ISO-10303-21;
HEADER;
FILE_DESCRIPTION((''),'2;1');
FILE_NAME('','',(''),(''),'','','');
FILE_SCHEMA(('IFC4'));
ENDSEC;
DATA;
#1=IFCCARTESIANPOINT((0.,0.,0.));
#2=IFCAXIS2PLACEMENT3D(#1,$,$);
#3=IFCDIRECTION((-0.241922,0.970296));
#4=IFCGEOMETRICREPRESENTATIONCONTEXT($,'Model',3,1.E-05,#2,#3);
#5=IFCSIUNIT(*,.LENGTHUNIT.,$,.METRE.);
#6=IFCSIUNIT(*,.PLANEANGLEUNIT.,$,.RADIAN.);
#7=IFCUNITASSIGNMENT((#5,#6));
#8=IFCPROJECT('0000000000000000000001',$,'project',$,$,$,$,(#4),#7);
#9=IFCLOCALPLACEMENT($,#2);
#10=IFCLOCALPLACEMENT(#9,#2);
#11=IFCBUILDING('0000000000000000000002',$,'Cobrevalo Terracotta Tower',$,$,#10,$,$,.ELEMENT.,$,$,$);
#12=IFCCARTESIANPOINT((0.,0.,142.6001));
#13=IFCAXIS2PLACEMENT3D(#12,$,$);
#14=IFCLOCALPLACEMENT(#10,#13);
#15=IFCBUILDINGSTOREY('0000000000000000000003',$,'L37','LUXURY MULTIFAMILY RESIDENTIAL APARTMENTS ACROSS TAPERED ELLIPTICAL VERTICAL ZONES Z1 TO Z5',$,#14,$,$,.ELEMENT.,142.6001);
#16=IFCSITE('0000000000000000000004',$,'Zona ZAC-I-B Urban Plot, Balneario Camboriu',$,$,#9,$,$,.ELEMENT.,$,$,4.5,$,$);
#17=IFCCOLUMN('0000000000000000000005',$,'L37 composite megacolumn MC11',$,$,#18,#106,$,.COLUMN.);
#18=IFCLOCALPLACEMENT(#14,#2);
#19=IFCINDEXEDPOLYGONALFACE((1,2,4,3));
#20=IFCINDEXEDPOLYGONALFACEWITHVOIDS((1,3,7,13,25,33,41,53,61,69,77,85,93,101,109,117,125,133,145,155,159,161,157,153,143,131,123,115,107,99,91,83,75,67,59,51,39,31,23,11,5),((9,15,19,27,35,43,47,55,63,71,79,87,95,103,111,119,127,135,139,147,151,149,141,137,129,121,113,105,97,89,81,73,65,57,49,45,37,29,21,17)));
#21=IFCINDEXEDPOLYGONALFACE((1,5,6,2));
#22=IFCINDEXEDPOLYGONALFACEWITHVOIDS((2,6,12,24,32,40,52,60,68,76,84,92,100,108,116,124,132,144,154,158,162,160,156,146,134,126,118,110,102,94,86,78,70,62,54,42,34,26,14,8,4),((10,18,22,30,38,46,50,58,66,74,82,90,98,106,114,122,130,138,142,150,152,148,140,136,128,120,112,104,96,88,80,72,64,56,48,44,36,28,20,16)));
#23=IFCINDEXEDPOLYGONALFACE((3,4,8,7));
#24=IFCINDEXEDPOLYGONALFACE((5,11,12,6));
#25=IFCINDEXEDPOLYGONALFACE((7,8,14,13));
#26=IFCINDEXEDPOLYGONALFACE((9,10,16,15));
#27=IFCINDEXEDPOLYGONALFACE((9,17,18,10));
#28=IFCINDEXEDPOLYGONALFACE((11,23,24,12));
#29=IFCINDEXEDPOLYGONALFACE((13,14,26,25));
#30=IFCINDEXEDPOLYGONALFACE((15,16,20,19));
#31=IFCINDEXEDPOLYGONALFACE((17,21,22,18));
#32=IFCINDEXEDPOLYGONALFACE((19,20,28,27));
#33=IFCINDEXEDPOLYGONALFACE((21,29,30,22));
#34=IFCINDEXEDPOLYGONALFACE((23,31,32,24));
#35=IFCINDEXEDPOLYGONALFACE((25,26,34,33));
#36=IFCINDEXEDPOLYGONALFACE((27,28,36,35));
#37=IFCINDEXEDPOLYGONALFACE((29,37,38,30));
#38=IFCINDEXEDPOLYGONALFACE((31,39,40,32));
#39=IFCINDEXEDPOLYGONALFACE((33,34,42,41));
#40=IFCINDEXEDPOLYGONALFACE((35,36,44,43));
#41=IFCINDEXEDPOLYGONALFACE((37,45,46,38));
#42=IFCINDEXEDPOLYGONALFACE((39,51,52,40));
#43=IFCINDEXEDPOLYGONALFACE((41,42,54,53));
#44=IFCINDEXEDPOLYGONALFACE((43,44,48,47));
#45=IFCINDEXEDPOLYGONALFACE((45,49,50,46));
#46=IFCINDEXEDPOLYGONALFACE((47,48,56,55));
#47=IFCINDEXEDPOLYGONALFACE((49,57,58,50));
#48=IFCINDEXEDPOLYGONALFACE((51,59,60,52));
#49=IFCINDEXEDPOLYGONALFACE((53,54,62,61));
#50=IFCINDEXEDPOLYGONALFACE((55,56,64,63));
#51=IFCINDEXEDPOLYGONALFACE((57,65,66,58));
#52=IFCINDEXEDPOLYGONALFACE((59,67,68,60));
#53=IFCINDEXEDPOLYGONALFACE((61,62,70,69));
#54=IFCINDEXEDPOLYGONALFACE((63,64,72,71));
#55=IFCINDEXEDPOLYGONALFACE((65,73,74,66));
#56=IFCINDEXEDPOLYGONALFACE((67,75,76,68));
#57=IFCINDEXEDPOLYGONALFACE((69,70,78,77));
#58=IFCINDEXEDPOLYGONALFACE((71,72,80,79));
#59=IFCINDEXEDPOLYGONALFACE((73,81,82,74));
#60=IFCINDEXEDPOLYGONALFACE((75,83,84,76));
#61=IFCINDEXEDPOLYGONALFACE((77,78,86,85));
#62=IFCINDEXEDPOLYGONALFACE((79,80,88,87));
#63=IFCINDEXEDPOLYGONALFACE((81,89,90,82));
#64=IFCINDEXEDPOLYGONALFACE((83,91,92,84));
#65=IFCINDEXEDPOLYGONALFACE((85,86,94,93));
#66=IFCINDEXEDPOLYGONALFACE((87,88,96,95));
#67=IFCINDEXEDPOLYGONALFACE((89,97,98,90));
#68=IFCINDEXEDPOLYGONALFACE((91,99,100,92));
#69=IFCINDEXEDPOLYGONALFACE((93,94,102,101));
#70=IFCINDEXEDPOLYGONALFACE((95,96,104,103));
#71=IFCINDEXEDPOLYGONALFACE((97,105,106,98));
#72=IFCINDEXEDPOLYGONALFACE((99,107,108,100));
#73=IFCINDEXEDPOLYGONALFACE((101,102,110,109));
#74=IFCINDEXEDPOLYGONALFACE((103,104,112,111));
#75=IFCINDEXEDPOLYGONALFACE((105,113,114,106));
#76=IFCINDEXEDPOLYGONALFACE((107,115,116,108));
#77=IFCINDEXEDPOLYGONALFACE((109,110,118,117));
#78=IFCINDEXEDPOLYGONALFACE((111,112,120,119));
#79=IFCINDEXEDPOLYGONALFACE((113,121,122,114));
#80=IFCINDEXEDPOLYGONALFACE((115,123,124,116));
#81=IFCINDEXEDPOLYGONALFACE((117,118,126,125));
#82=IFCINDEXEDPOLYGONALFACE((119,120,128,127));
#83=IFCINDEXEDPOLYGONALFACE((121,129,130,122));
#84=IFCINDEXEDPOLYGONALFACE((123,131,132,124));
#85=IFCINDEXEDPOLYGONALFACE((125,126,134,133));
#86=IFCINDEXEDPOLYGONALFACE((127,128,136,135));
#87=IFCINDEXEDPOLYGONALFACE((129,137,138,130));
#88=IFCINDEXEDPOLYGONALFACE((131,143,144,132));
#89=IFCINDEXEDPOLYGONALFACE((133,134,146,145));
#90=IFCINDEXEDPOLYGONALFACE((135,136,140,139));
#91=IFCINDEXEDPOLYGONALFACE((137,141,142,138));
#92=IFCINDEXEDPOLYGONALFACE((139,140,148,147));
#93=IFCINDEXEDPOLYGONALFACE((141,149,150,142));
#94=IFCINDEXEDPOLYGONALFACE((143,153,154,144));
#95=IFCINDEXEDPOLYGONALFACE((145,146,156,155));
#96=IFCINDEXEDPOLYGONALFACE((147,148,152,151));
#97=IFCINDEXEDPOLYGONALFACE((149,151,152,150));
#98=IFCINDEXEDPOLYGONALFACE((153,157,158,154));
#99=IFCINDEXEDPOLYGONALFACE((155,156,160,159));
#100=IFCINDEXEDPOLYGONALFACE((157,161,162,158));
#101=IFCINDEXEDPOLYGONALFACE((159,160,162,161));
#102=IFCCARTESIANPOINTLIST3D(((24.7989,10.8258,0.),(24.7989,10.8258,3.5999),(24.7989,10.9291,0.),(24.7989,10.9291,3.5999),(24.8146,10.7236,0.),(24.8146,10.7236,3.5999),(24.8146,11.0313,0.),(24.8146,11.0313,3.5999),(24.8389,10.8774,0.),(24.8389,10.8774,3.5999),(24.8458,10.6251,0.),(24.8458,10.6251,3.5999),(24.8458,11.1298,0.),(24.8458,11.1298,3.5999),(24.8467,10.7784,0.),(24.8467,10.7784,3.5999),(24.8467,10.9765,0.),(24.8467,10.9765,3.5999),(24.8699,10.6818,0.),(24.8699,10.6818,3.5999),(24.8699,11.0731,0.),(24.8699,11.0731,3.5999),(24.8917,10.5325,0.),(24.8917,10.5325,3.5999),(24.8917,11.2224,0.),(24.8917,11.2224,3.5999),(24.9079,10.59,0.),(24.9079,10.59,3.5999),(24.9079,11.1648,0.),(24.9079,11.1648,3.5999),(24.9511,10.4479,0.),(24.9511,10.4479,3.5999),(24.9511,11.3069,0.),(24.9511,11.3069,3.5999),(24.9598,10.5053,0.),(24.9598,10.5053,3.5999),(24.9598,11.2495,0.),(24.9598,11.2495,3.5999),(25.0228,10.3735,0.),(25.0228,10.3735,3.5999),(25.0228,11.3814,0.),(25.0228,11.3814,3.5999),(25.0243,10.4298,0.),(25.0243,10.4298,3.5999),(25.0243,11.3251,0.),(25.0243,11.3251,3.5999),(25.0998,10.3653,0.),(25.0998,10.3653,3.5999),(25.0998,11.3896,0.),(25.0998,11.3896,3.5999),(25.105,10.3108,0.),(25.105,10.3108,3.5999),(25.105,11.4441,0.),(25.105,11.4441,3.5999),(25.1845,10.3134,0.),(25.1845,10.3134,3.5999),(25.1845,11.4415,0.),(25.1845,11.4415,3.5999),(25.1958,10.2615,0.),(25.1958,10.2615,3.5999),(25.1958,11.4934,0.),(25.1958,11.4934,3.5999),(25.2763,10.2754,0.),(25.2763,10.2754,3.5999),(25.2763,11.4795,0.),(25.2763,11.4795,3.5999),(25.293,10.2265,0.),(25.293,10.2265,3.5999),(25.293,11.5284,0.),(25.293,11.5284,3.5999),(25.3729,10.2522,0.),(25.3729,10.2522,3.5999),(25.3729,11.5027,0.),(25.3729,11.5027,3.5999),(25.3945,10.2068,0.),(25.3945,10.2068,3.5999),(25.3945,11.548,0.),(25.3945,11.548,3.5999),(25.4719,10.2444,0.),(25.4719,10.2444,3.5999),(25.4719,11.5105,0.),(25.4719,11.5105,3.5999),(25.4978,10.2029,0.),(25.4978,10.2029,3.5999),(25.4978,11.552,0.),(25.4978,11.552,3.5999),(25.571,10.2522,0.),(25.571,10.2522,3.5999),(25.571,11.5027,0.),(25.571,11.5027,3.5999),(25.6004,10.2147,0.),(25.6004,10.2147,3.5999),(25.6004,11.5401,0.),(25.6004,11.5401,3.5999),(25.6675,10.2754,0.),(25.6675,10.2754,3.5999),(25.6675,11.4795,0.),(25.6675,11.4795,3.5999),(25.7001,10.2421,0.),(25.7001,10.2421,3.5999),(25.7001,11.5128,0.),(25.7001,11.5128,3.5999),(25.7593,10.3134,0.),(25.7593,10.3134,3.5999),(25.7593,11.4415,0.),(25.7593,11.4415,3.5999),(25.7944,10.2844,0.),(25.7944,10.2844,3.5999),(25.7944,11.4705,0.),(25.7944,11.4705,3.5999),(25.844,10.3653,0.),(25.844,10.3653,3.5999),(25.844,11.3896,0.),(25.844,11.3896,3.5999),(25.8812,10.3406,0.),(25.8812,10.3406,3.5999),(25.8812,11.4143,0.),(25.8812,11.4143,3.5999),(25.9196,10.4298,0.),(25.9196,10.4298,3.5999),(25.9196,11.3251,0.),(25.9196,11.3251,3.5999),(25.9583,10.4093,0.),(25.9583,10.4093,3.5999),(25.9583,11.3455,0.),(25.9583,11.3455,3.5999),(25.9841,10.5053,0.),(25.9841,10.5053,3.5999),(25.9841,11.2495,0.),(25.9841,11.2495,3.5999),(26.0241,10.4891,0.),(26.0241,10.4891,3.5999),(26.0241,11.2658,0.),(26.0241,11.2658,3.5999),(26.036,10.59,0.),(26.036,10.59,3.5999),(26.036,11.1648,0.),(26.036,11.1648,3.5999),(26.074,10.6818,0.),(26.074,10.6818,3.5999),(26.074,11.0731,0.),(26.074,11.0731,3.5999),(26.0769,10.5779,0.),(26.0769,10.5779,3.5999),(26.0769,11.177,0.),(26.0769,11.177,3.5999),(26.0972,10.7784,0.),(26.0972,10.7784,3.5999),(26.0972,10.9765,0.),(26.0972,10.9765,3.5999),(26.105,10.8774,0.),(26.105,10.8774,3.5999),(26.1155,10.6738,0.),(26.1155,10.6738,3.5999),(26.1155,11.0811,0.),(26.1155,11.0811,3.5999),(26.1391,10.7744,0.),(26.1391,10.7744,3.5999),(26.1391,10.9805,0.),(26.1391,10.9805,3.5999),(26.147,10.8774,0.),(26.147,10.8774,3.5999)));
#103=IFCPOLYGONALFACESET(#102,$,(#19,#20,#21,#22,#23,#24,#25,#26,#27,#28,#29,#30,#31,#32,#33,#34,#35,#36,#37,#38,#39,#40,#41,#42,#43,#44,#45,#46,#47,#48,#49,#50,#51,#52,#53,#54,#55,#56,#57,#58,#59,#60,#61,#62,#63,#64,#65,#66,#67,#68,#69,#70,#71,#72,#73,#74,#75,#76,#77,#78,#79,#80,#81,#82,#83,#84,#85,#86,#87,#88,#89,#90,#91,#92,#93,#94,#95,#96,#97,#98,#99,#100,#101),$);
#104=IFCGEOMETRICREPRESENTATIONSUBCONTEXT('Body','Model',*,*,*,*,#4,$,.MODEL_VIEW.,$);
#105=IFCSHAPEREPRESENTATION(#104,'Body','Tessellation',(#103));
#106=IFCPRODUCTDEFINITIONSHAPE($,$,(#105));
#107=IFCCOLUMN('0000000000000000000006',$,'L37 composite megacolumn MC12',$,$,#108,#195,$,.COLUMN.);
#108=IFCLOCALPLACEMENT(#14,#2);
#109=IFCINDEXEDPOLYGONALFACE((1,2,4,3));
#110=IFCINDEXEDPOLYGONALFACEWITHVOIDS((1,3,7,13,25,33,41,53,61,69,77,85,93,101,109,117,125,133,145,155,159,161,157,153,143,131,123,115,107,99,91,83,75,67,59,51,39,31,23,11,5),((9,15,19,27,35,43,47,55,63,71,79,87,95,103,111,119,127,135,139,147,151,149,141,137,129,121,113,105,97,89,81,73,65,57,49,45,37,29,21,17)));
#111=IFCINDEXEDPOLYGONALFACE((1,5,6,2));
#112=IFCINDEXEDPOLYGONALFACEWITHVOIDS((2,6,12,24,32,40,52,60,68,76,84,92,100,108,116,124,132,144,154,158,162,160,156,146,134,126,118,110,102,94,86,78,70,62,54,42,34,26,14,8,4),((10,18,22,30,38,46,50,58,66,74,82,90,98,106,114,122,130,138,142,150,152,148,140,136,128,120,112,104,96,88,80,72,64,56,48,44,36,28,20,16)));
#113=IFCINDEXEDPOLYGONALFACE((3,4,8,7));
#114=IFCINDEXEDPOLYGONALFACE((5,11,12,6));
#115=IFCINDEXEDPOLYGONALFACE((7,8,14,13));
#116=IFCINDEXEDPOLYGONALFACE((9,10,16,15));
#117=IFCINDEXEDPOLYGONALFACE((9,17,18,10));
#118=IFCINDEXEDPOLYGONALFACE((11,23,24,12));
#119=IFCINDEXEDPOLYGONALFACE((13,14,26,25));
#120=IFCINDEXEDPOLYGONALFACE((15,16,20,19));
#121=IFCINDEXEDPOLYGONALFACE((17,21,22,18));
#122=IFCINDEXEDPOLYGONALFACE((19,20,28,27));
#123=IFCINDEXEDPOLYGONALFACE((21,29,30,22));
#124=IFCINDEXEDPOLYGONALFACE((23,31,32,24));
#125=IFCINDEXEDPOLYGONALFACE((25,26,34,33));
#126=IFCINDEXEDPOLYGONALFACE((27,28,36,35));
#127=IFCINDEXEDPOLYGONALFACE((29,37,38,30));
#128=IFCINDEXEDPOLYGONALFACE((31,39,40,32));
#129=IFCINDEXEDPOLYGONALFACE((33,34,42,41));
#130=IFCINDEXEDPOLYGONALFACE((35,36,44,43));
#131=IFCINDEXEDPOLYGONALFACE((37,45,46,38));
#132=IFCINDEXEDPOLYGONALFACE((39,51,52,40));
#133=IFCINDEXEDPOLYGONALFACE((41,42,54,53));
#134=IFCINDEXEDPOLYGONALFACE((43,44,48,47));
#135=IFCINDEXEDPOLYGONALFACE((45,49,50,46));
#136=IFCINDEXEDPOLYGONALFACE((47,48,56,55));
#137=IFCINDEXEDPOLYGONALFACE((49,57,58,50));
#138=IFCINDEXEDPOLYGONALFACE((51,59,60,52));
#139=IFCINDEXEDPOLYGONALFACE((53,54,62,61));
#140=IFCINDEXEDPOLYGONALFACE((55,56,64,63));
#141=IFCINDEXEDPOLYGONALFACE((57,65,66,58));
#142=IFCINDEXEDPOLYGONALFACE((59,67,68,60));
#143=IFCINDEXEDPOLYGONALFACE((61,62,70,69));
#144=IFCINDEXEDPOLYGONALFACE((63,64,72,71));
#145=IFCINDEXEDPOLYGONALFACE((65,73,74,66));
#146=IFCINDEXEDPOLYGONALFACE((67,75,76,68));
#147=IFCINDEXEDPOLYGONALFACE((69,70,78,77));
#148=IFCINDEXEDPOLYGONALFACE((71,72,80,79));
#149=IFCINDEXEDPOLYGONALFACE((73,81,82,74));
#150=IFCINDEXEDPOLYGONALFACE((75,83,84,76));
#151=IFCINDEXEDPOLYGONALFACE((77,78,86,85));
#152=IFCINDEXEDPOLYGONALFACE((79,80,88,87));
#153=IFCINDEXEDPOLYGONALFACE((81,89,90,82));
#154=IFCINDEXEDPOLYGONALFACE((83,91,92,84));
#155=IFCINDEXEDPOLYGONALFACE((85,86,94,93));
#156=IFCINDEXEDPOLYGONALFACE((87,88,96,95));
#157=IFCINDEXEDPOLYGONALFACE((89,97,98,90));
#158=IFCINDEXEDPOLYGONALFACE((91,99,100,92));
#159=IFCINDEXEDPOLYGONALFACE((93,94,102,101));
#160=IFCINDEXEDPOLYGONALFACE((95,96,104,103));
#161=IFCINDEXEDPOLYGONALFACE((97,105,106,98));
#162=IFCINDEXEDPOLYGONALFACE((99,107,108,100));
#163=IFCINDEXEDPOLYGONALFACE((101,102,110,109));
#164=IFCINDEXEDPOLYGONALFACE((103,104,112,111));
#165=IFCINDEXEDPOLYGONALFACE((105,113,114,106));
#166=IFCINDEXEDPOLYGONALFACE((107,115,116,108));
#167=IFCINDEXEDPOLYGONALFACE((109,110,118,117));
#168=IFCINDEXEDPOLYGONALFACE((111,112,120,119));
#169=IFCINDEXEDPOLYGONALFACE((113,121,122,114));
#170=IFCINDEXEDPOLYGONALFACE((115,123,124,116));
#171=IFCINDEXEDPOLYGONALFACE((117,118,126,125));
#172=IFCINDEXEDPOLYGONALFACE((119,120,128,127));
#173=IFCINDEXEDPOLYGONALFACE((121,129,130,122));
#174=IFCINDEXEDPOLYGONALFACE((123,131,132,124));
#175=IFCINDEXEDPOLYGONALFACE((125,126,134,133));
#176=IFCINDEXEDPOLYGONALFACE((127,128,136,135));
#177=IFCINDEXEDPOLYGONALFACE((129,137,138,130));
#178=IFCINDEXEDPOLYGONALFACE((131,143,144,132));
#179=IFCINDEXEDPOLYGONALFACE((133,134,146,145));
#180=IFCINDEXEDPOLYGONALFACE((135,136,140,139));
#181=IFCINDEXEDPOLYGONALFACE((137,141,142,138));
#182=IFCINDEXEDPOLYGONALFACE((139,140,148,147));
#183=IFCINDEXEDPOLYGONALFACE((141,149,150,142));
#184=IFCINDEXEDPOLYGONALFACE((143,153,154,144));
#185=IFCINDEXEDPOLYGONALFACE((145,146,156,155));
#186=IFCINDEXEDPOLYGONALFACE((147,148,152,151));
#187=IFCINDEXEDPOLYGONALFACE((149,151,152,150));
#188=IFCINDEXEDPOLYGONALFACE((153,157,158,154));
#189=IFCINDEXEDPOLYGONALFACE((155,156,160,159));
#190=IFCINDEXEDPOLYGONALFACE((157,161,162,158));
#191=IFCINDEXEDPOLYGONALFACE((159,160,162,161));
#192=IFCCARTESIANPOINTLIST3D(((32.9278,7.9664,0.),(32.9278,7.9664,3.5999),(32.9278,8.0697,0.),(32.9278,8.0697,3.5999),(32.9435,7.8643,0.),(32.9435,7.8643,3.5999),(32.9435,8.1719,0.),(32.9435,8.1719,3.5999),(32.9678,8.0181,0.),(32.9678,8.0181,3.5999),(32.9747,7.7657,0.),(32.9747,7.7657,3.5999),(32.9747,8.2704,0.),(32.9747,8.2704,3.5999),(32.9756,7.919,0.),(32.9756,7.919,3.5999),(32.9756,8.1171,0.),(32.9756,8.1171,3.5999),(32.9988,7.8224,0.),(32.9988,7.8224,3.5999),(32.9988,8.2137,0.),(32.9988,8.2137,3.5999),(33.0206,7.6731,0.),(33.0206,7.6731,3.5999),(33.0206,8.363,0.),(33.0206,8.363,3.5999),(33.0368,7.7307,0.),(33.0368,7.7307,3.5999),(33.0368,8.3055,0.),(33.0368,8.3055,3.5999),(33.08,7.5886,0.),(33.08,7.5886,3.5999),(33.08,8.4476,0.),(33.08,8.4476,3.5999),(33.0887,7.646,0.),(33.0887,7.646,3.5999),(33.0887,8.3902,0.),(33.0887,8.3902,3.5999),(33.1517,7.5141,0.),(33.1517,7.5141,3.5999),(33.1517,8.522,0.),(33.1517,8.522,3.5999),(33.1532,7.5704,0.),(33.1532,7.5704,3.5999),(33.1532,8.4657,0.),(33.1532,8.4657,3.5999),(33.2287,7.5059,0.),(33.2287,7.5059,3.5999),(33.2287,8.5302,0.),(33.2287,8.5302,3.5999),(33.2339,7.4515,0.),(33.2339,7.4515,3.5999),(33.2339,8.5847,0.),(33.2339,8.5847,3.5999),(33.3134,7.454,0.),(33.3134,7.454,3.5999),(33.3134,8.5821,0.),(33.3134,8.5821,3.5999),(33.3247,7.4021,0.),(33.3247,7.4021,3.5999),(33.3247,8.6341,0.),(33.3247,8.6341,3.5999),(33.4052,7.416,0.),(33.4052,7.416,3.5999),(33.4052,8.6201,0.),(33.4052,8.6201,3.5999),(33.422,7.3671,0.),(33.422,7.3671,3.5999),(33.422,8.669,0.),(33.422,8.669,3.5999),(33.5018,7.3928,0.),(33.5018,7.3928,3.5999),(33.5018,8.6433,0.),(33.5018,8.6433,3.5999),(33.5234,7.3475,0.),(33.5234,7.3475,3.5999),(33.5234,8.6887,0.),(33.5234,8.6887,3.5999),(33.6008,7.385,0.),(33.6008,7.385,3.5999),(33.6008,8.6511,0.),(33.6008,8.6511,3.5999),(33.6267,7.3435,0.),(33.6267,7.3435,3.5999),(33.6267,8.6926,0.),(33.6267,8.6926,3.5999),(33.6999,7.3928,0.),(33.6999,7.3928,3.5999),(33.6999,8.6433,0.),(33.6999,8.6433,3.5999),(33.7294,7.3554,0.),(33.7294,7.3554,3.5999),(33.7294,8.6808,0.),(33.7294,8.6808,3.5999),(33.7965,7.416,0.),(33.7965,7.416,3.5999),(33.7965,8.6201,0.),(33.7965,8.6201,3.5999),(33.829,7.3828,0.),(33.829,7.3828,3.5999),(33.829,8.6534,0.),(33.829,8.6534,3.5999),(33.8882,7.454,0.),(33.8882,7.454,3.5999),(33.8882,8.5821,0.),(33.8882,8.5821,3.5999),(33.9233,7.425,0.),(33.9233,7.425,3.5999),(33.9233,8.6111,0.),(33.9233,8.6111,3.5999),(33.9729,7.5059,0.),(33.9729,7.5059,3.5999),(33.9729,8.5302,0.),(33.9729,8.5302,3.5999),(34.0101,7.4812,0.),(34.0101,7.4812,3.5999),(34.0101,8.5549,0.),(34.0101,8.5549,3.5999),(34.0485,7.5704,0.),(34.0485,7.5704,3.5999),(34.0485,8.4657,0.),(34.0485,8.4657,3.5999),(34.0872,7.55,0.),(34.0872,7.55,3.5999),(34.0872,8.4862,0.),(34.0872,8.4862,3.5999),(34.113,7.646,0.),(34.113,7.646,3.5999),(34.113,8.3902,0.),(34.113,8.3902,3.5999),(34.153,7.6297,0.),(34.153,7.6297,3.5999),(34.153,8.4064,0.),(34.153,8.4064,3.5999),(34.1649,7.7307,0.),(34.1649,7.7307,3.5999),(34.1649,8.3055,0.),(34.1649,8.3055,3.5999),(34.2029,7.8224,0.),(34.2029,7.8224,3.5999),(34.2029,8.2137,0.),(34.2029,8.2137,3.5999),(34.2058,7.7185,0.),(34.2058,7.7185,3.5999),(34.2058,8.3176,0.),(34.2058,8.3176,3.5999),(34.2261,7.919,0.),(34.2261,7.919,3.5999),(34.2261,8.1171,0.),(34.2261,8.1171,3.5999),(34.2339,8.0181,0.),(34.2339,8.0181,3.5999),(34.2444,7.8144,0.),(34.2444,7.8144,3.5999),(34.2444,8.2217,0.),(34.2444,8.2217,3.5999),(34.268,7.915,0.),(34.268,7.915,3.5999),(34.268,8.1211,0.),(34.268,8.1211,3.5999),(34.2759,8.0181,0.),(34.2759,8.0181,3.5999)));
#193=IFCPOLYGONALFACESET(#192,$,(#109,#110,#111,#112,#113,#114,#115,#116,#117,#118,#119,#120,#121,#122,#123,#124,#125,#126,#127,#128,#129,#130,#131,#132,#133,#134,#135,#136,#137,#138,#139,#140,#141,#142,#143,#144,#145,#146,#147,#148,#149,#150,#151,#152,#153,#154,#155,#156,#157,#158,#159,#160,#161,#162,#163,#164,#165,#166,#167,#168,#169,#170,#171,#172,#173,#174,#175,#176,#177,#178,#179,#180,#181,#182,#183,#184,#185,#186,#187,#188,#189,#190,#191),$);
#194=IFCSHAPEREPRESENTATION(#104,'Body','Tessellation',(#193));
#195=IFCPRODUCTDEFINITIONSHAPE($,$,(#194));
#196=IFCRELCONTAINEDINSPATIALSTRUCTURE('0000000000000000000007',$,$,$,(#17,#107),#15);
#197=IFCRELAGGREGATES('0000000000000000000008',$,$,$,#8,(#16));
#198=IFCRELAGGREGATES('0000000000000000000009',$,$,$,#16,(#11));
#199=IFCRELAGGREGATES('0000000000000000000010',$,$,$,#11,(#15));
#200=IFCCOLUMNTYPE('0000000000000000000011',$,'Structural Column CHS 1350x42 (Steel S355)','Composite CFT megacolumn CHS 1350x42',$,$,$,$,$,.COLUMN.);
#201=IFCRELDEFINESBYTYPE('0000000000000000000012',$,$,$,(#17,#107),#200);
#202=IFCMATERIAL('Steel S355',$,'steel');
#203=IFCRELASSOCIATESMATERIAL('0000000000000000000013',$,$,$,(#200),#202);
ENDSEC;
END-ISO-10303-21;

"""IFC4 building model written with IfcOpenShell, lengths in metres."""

from ifc_helpers import new_model, si_unit, direction, frame, origin, origin_2d, place, context, subcontext, project, spatial, hollow_circle, extrude, material, material_profile, profile_set, type_object, element, save


model = new_model("IFC4")

# Units and contexts
model_context = context("Model", 3, precision=1e-05, world=origin(), true_north=direction((-0.241922, 0.970296)))
body_context = subcontext(model_context, "Body", "Model", "MODEL_VIEW")
ifc_project = project(units=[si_unit("LENGTHUNIT", "METRE"), si_unit("PLANEANGLEUNIT", "RADIAN")], contexts=[model_context])

# Site, building, storey
site_placement = place(None, origin())
site = spatial("IfcSite", under=ifc_project, at=site_placement, Name="Zona ZAC-I-B Urban Plot, Balneario Camboriu", CompositionType="ELEMENT", RefElevation=4.5)
building_placement = place(site_placement, origin())
building = spatial("IfcBuilding", under=site, at=building_placement, Name="Cobrevalo Terracotta Tower", CompositionType="ELEMENT")
storey_placement = place(building_placement, frame((0.0, 0.0, 142.6001)))
storey = spatial("IfcBuildingStorey", under=building, at=storey_placement, Name="L37", Description="LUXURY MULTIFAMILY RESIDENTIAL APARTMENTS ACROSS TAPERED ELLIPTICAL VERTICAL ZONES Z1 TO Z5", CompositionType="ELEMENT", Elevation=142.6001)

# Columns
ifc_material_1 = material(Name="Steel S355", Category="steel")
ifc_material_profile_1 = material_profile(ifc_material_1, hollow_circle(Radius=0.675, WallThickness=0.042, at=origin_2d()), Name="CHS 1350x42")
ifc_profile_set_1 = profile_set([ifc_material_profile_1], Name="Steel S355")
column_type = type_object("IfcColumnType", Name="Structural Column CHS 1350x42 (Steel S355)", Description="Composite CFT megacolumn CHS 1350x42", PredefinedType="COLUMN", material=ifc_profile_set_1)
for number, where, z_axis, x_axis, name in (
    (1, (25.4719, 10.8774, 0.0), (0.0, 0.0, 1.0), (1.0, 0.0, 0.0), "L37 composite megacolumn MC11"),
    (2, (33.6008, 8.0181, 0.0), (0.0, 0.0, 1.0), (1.0, 0.0, 0.0), "L37 composite megacolumn MC12"),
):
    element("IfcColumn", number, at=place(storey_placement, frame(where, z_axis=z_axis, x_axis=x_axis)), inside=storey, type_object=column_type, Name=name, PredefinedType="COLUMN", context=body_context, shape_type="SweptSolid", body=[
        extrude(hollow_circle(Radius=0.675, WallThickness=0.042, at=origin_2d()), origin(), (0.0, 0.0, 1.0), 3.5999),
    ])

save(model, "model.ifc")
